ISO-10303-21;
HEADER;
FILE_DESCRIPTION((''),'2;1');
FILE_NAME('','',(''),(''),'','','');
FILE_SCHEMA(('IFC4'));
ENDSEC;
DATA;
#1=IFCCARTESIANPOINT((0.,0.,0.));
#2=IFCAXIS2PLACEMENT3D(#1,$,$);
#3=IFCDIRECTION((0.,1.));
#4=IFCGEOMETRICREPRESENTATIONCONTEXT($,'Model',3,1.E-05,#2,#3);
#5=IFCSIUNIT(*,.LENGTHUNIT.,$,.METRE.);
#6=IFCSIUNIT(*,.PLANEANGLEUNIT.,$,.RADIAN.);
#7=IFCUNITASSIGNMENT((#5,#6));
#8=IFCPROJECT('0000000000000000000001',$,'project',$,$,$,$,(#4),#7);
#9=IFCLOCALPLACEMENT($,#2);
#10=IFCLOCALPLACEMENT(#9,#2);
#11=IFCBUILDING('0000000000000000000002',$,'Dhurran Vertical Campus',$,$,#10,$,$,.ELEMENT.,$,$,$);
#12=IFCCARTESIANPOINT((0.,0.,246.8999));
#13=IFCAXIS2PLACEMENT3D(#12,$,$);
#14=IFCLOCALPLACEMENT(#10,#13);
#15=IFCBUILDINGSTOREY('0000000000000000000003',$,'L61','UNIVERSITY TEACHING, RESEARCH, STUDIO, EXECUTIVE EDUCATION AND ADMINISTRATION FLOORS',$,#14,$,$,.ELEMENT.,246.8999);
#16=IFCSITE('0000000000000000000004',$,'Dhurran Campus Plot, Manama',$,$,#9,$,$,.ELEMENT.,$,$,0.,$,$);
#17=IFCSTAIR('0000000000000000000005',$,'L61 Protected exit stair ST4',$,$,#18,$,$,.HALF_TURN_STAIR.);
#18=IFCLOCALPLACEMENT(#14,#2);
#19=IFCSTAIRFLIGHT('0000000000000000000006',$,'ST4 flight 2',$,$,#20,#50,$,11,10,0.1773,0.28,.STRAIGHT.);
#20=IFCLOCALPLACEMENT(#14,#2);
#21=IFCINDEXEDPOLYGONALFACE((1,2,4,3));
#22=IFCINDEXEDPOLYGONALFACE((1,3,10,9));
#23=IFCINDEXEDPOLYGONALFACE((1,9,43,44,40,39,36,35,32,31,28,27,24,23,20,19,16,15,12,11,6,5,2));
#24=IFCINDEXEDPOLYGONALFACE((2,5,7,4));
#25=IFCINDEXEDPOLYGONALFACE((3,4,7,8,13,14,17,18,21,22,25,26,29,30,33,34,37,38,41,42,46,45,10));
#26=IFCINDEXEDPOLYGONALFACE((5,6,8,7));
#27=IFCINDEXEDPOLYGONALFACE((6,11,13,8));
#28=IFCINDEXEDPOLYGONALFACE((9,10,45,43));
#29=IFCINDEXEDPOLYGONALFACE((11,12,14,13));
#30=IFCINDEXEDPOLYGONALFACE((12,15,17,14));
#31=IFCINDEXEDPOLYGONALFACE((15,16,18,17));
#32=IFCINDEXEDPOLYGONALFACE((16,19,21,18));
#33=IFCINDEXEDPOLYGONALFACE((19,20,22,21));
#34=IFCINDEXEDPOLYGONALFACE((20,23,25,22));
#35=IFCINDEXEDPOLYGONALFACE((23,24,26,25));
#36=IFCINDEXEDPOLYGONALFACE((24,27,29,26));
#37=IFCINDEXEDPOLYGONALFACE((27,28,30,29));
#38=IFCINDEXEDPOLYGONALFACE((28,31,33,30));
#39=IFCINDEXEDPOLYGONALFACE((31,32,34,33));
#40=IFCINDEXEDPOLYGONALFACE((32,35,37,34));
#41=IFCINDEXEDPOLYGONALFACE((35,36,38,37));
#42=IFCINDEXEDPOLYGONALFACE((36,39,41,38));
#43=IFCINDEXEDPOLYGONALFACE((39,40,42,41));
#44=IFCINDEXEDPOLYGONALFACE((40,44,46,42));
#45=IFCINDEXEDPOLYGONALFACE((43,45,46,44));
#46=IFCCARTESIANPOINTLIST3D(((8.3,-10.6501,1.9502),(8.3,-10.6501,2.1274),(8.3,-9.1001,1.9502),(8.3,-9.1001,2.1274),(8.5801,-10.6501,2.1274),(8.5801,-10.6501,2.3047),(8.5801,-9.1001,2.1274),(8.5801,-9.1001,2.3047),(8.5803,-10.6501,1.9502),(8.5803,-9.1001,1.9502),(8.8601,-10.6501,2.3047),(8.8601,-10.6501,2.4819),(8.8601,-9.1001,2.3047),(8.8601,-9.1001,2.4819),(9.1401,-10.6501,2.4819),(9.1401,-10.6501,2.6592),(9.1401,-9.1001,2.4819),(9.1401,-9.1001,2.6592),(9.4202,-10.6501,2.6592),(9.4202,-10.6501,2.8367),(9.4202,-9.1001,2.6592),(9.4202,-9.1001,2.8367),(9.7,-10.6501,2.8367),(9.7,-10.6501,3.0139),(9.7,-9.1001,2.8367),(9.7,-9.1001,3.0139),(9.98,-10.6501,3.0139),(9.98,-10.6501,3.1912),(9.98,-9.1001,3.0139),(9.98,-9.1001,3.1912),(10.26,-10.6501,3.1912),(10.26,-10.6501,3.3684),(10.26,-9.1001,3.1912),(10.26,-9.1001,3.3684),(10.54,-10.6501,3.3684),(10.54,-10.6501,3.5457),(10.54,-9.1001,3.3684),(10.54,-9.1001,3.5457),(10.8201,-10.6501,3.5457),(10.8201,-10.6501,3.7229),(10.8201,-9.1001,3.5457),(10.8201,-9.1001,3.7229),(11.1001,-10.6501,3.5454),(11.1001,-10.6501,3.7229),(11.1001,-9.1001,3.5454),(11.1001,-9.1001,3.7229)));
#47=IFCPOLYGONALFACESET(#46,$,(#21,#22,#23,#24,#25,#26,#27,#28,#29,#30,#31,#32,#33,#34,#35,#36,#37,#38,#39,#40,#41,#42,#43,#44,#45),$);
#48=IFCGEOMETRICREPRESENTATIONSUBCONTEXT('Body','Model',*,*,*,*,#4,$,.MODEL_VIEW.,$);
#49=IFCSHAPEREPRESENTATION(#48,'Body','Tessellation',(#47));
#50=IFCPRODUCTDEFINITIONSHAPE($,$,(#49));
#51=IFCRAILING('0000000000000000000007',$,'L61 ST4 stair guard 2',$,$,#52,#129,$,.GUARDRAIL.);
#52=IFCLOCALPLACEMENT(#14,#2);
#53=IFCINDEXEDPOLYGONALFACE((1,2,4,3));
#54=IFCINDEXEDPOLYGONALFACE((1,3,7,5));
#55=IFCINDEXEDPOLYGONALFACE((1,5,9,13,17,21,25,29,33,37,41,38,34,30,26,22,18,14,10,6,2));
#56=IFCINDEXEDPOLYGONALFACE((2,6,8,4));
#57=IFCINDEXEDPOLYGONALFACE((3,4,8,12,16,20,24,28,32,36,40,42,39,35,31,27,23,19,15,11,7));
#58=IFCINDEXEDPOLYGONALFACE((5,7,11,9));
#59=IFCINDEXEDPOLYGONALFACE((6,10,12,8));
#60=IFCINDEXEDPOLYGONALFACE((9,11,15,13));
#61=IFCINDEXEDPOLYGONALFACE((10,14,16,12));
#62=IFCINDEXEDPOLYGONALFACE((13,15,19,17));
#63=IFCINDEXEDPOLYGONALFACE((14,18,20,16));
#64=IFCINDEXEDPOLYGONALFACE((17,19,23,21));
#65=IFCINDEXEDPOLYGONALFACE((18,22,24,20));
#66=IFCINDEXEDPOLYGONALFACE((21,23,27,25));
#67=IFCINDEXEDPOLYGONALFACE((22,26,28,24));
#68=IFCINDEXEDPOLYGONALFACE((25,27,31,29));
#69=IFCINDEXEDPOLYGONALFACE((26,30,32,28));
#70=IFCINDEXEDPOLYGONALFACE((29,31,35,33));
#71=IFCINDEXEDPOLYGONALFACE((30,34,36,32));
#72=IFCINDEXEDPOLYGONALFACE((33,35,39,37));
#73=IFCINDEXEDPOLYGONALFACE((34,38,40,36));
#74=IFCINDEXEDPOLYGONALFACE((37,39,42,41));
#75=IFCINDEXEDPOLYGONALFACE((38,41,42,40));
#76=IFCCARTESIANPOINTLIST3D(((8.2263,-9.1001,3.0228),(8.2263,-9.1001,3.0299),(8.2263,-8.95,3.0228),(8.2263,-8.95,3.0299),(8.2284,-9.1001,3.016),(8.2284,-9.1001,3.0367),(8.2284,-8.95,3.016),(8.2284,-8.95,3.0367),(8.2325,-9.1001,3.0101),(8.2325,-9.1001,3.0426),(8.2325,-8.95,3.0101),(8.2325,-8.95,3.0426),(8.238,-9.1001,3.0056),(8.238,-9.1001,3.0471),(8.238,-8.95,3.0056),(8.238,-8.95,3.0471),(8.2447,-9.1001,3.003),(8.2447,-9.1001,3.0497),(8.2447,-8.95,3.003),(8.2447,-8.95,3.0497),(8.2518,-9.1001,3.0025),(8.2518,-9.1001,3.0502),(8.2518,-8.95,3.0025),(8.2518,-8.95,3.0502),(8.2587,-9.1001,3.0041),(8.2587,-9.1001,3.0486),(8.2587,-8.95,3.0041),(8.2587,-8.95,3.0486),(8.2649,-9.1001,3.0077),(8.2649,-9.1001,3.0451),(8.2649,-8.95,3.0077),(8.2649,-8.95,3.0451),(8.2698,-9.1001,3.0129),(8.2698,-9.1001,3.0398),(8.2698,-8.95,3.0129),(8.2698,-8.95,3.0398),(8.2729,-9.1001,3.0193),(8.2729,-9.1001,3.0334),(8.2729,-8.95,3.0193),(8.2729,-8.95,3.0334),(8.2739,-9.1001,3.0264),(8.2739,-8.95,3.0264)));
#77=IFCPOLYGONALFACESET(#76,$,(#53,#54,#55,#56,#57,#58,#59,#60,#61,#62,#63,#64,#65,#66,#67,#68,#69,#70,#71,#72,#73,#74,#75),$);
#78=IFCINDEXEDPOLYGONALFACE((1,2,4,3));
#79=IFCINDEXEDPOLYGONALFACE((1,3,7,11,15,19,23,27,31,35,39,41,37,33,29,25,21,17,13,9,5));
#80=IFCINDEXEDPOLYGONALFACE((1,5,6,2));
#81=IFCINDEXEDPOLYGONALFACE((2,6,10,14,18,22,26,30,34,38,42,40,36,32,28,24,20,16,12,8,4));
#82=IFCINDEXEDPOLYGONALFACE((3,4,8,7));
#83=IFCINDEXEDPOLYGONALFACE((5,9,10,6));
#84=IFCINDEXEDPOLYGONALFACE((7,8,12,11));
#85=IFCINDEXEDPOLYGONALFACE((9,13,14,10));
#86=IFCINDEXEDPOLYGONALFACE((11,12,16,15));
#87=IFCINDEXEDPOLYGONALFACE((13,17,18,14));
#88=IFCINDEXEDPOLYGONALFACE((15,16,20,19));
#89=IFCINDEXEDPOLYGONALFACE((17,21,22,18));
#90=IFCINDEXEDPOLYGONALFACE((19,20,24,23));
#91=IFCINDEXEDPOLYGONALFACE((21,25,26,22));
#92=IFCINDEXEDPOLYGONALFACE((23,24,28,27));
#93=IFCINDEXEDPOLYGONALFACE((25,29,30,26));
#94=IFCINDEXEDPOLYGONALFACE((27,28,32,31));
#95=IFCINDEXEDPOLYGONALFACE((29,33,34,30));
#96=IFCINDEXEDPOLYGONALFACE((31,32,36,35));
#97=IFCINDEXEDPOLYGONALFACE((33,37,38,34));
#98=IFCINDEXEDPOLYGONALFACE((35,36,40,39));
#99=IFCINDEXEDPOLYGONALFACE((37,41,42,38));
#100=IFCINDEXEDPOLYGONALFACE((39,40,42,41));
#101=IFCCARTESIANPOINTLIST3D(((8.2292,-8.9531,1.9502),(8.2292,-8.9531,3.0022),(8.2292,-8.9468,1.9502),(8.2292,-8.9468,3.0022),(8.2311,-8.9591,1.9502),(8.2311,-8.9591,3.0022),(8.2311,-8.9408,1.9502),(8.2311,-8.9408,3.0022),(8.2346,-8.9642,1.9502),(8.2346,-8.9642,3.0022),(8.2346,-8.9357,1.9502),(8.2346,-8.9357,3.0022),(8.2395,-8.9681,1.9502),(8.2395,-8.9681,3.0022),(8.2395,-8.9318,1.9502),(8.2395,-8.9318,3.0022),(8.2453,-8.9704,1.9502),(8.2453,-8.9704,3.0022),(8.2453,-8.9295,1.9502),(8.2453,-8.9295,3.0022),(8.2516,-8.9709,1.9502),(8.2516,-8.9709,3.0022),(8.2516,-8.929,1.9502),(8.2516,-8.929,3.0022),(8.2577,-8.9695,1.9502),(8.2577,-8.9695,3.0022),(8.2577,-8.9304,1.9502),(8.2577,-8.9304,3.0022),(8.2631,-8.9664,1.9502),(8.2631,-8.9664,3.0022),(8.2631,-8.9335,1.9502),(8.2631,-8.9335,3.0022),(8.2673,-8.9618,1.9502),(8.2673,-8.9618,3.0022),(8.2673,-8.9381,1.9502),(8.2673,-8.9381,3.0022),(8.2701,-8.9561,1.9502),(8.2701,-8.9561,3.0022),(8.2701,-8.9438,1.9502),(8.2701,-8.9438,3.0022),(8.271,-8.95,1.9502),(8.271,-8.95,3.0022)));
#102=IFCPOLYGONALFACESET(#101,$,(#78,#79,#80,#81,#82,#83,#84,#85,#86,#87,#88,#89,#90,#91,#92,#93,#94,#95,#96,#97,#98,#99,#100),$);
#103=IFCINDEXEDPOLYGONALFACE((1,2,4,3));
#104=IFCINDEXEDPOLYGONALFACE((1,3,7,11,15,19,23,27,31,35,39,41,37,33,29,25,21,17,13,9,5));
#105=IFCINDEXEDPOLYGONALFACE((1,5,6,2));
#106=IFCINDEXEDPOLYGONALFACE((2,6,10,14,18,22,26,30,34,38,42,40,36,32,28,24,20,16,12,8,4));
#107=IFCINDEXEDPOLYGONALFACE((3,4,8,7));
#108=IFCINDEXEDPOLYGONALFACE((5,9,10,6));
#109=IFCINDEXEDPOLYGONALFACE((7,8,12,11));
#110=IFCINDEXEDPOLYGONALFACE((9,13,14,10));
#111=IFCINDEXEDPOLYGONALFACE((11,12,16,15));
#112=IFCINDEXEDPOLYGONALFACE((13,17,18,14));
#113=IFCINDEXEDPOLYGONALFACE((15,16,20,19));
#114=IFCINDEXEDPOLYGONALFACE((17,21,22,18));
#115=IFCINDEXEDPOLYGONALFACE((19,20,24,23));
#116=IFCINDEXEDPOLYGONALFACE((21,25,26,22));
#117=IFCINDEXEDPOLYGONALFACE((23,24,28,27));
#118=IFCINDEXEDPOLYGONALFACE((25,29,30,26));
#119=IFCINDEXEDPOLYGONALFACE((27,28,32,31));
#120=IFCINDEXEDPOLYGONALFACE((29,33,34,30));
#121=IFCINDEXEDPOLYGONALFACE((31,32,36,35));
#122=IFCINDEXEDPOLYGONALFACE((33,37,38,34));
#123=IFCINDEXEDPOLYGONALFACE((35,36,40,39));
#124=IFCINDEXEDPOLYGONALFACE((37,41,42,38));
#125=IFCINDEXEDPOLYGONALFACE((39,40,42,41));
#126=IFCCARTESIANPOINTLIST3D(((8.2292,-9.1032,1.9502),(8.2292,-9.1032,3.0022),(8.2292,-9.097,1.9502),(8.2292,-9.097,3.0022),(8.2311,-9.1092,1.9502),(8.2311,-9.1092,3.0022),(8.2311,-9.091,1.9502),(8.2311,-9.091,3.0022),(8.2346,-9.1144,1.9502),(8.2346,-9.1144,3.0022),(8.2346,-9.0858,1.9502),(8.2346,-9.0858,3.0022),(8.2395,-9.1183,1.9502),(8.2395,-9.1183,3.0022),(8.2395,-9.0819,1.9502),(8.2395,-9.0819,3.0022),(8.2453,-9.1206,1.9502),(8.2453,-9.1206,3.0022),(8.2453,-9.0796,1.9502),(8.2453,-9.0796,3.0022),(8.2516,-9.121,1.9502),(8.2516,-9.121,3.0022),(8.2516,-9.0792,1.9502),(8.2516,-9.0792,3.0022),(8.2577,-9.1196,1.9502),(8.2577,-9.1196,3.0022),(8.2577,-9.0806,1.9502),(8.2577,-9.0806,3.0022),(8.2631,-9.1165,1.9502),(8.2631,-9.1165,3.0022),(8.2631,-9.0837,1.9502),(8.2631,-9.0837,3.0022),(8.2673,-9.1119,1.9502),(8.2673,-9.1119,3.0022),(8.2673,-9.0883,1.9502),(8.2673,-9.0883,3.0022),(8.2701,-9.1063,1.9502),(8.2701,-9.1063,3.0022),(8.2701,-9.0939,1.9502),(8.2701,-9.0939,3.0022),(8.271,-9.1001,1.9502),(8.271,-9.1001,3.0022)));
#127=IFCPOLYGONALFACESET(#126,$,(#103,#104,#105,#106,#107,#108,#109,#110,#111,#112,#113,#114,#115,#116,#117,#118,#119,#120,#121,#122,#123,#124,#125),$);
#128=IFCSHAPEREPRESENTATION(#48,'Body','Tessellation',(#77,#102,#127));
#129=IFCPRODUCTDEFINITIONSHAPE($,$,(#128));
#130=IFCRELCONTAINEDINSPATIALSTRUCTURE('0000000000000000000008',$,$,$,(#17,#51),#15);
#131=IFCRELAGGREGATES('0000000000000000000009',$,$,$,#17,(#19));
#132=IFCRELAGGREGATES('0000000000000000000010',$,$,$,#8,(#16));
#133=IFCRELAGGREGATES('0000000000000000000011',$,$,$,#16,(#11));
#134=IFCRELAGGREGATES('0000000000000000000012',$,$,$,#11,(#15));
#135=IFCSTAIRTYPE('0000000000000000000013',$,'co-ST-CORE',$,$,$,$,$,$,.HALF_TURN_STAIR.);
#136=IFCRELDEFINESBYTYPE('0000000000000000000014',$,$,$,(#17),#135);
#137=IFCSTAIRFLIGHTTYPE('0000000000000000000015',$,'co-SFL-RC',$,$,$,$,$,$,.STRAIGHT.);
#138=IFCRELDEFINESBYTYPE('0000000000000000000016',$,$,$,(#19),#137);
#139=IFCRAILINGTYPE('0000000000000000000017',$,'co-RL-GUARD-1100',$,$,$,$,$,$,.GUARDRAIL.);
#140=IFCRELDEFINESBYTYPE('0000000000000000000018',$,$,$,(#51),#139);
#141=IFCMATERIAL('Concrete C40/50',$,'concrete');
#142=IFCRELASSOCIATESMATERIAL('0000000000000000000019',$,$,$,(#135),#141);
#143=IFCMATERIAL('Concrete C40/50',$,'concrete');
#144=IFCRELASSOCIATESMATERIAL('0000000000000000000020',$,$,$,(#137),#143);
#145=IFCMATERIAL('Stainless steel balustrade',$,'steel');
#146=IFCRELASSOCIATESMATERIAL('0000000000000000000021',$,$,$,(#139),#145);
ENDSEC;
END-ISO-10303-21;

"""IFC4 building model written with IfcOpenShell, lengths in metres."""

from ifc_helpers import new_model, si_unit, direction, frame, origin, origin_2d, place, context, subcontext, project, spatial, polyline, circle, outline, extrude, material, type_object, element, aggregate, save


model = new_model("IFC4")

# Units and contexts
model_context = context("Model", 3, precision=1e-05, world=origin(), true_north=direction((0.0, 1.0)))
body_context = subcontext(model_context, "Body", "Model", "MODEL_VIEW")
ifc_project = project(units=[si_unit("LENGTHUNIT", "METRE"), si_unit("PLANEANGLEUNIT", "RADIAN")], contexts=[model_context])

# Site, building, storey
site_placement = place(None, origin())
site = spatial("IfcSite", under=ifc_project, at=site_placement, Name="Dhurran Campus Plot, Manama", CompositionType="ELEMENT", RefElevation=0.0)
building_placement = place(site_placement, origin())
building = spatial("IfcBuilding", under=site, at=building_placement, Name="Dhurran Vertical Campus", CompositionType="ELEMENT")
storey_placement = place(building_placement, frame((0.0, 0.0, 246.8999)))
storey = spatial("IfcBuildingStorey", under=building, at=storey_placement, Name="L61", Description="UNIVERSITY TEACHING, RESEARCH, STUDIO, EXECUTIVE EDUCATION AND ADMINISTRATION FLOORS", CompositionType="ELEMENT", Elevation=246.8999)

# Stair, stair flight
ifc_material_1 = material(Name="Concrete C40/50", Category="concrete")
stair_type = type_object("IfcStairType", Name="co-ST-CORE", PredefinedType="HALF_TURN_STAIR", material=ifc_material_1)
stair_placement = place(storey_placement, origin())
stair = element("IfcStair", 1, at=stair_placement, inside=storey, type_object=stair_type, Name="L61 Protected exit stair ST4", PredefinedType="HALF_TURN_STAIR")
ifc_material_2 = material(Name="Concrete C40/50", Category="concrete")
stair_flight_type = type_object("IfcStairFlightType", Name="co-SFL-RC", PredefinedType="STRAIGHT", material=ifc_material_2)
stair_flight_placement = place(storey_placement, frame((8.3, -9.875, 1.9502), z_axis=(0.0, 0.0, 1.0), x_axis=(1.0, 0.0, 0.0)))
stair_flight = element("IfcStairFlight", 2, at=stair_flight_placement, type_object=stair_flight_type, Name="ST4 flight 2", NumberOfRisers=11, NumberOfTreads=10, PredefinedType="STRAIGHT", RiserHeight=0.1773, TreadLength=0.28, context=body_context, shape_type="SweptSolid", body=[
    extrude(outline(polyline([(0.0, 0.0), (0.0, 0.1772), (0.28, 0.1772), (0.28, 0.3545), (0.5601, 0.3545), (0.5601, 0.5317), (0.8401, 0.5317), (0.8401, 0.709), (1.1201, 0.709), (1.1201, 0.8865), (1.3999, 0.8865), (1.3999, 1.0637), (1.6799, 1.0637), (1.6799, 1.241), (1.96, 1.241), (1.96, 1.4182), (2.24, 1.4182), (2.24, 1.5955), (2.52, 1.5955), (2.52, 1.7727), (2.8, 1.7727), (2.8, 1.95), (2.8, 1.5952), (0.2803, 0.0), (0.0, 0.0)])), frame((0.0, 0.7749, 0.0), z_axis=(0.0, -1.0, 0.0), x_axis=(1.0, 0.0, 0.0)), (0.0, 0.0, 1.0), 1.55),
])
aggregate(stair, [stair_flight])

# Railing
ifc_material_3 = material(Name="Stainless steel balustrade", Category="steel")
railing_type_1 = type_object("IfcRailingType", Name="co-RL-GUARD-1100", PredefinedType="GUARDRAIL", material=ifc_material_3)
railing_1_placement = place(storey_placement, frame((8.25, -8.95, 1.9502)))
element("IfcRailing", 3, at=railing_1_placement, inside=storey, type_object=railing_type_1, Name="L61 ST4 stair guard 2", PredefinedType="GUARDRAIL", context=body_context, shape_type="SweptSolid", body=[
    extrude(circle(Radius=0.0239, at=origin_2d()), frame((0.0, 0.0, 1.0762), z_axis=(0.0, -1.0, 0.0), x_axis=(1.0, 0.0, 0.0)), (0.0, 0.0, 1.0), 0.1501),
    extrude(circle(Radius=0.021, at=origin_2d()), origin(), (0.0, 0.0, 1.0), 1.052),
    extrude(circle(Radius=0.021, at=origin_2d()), frame((0.0, -0.1501, 0.0)), (0.0, 0.0, 1.0), 1.052),
])

save(model, "model.ifc")
